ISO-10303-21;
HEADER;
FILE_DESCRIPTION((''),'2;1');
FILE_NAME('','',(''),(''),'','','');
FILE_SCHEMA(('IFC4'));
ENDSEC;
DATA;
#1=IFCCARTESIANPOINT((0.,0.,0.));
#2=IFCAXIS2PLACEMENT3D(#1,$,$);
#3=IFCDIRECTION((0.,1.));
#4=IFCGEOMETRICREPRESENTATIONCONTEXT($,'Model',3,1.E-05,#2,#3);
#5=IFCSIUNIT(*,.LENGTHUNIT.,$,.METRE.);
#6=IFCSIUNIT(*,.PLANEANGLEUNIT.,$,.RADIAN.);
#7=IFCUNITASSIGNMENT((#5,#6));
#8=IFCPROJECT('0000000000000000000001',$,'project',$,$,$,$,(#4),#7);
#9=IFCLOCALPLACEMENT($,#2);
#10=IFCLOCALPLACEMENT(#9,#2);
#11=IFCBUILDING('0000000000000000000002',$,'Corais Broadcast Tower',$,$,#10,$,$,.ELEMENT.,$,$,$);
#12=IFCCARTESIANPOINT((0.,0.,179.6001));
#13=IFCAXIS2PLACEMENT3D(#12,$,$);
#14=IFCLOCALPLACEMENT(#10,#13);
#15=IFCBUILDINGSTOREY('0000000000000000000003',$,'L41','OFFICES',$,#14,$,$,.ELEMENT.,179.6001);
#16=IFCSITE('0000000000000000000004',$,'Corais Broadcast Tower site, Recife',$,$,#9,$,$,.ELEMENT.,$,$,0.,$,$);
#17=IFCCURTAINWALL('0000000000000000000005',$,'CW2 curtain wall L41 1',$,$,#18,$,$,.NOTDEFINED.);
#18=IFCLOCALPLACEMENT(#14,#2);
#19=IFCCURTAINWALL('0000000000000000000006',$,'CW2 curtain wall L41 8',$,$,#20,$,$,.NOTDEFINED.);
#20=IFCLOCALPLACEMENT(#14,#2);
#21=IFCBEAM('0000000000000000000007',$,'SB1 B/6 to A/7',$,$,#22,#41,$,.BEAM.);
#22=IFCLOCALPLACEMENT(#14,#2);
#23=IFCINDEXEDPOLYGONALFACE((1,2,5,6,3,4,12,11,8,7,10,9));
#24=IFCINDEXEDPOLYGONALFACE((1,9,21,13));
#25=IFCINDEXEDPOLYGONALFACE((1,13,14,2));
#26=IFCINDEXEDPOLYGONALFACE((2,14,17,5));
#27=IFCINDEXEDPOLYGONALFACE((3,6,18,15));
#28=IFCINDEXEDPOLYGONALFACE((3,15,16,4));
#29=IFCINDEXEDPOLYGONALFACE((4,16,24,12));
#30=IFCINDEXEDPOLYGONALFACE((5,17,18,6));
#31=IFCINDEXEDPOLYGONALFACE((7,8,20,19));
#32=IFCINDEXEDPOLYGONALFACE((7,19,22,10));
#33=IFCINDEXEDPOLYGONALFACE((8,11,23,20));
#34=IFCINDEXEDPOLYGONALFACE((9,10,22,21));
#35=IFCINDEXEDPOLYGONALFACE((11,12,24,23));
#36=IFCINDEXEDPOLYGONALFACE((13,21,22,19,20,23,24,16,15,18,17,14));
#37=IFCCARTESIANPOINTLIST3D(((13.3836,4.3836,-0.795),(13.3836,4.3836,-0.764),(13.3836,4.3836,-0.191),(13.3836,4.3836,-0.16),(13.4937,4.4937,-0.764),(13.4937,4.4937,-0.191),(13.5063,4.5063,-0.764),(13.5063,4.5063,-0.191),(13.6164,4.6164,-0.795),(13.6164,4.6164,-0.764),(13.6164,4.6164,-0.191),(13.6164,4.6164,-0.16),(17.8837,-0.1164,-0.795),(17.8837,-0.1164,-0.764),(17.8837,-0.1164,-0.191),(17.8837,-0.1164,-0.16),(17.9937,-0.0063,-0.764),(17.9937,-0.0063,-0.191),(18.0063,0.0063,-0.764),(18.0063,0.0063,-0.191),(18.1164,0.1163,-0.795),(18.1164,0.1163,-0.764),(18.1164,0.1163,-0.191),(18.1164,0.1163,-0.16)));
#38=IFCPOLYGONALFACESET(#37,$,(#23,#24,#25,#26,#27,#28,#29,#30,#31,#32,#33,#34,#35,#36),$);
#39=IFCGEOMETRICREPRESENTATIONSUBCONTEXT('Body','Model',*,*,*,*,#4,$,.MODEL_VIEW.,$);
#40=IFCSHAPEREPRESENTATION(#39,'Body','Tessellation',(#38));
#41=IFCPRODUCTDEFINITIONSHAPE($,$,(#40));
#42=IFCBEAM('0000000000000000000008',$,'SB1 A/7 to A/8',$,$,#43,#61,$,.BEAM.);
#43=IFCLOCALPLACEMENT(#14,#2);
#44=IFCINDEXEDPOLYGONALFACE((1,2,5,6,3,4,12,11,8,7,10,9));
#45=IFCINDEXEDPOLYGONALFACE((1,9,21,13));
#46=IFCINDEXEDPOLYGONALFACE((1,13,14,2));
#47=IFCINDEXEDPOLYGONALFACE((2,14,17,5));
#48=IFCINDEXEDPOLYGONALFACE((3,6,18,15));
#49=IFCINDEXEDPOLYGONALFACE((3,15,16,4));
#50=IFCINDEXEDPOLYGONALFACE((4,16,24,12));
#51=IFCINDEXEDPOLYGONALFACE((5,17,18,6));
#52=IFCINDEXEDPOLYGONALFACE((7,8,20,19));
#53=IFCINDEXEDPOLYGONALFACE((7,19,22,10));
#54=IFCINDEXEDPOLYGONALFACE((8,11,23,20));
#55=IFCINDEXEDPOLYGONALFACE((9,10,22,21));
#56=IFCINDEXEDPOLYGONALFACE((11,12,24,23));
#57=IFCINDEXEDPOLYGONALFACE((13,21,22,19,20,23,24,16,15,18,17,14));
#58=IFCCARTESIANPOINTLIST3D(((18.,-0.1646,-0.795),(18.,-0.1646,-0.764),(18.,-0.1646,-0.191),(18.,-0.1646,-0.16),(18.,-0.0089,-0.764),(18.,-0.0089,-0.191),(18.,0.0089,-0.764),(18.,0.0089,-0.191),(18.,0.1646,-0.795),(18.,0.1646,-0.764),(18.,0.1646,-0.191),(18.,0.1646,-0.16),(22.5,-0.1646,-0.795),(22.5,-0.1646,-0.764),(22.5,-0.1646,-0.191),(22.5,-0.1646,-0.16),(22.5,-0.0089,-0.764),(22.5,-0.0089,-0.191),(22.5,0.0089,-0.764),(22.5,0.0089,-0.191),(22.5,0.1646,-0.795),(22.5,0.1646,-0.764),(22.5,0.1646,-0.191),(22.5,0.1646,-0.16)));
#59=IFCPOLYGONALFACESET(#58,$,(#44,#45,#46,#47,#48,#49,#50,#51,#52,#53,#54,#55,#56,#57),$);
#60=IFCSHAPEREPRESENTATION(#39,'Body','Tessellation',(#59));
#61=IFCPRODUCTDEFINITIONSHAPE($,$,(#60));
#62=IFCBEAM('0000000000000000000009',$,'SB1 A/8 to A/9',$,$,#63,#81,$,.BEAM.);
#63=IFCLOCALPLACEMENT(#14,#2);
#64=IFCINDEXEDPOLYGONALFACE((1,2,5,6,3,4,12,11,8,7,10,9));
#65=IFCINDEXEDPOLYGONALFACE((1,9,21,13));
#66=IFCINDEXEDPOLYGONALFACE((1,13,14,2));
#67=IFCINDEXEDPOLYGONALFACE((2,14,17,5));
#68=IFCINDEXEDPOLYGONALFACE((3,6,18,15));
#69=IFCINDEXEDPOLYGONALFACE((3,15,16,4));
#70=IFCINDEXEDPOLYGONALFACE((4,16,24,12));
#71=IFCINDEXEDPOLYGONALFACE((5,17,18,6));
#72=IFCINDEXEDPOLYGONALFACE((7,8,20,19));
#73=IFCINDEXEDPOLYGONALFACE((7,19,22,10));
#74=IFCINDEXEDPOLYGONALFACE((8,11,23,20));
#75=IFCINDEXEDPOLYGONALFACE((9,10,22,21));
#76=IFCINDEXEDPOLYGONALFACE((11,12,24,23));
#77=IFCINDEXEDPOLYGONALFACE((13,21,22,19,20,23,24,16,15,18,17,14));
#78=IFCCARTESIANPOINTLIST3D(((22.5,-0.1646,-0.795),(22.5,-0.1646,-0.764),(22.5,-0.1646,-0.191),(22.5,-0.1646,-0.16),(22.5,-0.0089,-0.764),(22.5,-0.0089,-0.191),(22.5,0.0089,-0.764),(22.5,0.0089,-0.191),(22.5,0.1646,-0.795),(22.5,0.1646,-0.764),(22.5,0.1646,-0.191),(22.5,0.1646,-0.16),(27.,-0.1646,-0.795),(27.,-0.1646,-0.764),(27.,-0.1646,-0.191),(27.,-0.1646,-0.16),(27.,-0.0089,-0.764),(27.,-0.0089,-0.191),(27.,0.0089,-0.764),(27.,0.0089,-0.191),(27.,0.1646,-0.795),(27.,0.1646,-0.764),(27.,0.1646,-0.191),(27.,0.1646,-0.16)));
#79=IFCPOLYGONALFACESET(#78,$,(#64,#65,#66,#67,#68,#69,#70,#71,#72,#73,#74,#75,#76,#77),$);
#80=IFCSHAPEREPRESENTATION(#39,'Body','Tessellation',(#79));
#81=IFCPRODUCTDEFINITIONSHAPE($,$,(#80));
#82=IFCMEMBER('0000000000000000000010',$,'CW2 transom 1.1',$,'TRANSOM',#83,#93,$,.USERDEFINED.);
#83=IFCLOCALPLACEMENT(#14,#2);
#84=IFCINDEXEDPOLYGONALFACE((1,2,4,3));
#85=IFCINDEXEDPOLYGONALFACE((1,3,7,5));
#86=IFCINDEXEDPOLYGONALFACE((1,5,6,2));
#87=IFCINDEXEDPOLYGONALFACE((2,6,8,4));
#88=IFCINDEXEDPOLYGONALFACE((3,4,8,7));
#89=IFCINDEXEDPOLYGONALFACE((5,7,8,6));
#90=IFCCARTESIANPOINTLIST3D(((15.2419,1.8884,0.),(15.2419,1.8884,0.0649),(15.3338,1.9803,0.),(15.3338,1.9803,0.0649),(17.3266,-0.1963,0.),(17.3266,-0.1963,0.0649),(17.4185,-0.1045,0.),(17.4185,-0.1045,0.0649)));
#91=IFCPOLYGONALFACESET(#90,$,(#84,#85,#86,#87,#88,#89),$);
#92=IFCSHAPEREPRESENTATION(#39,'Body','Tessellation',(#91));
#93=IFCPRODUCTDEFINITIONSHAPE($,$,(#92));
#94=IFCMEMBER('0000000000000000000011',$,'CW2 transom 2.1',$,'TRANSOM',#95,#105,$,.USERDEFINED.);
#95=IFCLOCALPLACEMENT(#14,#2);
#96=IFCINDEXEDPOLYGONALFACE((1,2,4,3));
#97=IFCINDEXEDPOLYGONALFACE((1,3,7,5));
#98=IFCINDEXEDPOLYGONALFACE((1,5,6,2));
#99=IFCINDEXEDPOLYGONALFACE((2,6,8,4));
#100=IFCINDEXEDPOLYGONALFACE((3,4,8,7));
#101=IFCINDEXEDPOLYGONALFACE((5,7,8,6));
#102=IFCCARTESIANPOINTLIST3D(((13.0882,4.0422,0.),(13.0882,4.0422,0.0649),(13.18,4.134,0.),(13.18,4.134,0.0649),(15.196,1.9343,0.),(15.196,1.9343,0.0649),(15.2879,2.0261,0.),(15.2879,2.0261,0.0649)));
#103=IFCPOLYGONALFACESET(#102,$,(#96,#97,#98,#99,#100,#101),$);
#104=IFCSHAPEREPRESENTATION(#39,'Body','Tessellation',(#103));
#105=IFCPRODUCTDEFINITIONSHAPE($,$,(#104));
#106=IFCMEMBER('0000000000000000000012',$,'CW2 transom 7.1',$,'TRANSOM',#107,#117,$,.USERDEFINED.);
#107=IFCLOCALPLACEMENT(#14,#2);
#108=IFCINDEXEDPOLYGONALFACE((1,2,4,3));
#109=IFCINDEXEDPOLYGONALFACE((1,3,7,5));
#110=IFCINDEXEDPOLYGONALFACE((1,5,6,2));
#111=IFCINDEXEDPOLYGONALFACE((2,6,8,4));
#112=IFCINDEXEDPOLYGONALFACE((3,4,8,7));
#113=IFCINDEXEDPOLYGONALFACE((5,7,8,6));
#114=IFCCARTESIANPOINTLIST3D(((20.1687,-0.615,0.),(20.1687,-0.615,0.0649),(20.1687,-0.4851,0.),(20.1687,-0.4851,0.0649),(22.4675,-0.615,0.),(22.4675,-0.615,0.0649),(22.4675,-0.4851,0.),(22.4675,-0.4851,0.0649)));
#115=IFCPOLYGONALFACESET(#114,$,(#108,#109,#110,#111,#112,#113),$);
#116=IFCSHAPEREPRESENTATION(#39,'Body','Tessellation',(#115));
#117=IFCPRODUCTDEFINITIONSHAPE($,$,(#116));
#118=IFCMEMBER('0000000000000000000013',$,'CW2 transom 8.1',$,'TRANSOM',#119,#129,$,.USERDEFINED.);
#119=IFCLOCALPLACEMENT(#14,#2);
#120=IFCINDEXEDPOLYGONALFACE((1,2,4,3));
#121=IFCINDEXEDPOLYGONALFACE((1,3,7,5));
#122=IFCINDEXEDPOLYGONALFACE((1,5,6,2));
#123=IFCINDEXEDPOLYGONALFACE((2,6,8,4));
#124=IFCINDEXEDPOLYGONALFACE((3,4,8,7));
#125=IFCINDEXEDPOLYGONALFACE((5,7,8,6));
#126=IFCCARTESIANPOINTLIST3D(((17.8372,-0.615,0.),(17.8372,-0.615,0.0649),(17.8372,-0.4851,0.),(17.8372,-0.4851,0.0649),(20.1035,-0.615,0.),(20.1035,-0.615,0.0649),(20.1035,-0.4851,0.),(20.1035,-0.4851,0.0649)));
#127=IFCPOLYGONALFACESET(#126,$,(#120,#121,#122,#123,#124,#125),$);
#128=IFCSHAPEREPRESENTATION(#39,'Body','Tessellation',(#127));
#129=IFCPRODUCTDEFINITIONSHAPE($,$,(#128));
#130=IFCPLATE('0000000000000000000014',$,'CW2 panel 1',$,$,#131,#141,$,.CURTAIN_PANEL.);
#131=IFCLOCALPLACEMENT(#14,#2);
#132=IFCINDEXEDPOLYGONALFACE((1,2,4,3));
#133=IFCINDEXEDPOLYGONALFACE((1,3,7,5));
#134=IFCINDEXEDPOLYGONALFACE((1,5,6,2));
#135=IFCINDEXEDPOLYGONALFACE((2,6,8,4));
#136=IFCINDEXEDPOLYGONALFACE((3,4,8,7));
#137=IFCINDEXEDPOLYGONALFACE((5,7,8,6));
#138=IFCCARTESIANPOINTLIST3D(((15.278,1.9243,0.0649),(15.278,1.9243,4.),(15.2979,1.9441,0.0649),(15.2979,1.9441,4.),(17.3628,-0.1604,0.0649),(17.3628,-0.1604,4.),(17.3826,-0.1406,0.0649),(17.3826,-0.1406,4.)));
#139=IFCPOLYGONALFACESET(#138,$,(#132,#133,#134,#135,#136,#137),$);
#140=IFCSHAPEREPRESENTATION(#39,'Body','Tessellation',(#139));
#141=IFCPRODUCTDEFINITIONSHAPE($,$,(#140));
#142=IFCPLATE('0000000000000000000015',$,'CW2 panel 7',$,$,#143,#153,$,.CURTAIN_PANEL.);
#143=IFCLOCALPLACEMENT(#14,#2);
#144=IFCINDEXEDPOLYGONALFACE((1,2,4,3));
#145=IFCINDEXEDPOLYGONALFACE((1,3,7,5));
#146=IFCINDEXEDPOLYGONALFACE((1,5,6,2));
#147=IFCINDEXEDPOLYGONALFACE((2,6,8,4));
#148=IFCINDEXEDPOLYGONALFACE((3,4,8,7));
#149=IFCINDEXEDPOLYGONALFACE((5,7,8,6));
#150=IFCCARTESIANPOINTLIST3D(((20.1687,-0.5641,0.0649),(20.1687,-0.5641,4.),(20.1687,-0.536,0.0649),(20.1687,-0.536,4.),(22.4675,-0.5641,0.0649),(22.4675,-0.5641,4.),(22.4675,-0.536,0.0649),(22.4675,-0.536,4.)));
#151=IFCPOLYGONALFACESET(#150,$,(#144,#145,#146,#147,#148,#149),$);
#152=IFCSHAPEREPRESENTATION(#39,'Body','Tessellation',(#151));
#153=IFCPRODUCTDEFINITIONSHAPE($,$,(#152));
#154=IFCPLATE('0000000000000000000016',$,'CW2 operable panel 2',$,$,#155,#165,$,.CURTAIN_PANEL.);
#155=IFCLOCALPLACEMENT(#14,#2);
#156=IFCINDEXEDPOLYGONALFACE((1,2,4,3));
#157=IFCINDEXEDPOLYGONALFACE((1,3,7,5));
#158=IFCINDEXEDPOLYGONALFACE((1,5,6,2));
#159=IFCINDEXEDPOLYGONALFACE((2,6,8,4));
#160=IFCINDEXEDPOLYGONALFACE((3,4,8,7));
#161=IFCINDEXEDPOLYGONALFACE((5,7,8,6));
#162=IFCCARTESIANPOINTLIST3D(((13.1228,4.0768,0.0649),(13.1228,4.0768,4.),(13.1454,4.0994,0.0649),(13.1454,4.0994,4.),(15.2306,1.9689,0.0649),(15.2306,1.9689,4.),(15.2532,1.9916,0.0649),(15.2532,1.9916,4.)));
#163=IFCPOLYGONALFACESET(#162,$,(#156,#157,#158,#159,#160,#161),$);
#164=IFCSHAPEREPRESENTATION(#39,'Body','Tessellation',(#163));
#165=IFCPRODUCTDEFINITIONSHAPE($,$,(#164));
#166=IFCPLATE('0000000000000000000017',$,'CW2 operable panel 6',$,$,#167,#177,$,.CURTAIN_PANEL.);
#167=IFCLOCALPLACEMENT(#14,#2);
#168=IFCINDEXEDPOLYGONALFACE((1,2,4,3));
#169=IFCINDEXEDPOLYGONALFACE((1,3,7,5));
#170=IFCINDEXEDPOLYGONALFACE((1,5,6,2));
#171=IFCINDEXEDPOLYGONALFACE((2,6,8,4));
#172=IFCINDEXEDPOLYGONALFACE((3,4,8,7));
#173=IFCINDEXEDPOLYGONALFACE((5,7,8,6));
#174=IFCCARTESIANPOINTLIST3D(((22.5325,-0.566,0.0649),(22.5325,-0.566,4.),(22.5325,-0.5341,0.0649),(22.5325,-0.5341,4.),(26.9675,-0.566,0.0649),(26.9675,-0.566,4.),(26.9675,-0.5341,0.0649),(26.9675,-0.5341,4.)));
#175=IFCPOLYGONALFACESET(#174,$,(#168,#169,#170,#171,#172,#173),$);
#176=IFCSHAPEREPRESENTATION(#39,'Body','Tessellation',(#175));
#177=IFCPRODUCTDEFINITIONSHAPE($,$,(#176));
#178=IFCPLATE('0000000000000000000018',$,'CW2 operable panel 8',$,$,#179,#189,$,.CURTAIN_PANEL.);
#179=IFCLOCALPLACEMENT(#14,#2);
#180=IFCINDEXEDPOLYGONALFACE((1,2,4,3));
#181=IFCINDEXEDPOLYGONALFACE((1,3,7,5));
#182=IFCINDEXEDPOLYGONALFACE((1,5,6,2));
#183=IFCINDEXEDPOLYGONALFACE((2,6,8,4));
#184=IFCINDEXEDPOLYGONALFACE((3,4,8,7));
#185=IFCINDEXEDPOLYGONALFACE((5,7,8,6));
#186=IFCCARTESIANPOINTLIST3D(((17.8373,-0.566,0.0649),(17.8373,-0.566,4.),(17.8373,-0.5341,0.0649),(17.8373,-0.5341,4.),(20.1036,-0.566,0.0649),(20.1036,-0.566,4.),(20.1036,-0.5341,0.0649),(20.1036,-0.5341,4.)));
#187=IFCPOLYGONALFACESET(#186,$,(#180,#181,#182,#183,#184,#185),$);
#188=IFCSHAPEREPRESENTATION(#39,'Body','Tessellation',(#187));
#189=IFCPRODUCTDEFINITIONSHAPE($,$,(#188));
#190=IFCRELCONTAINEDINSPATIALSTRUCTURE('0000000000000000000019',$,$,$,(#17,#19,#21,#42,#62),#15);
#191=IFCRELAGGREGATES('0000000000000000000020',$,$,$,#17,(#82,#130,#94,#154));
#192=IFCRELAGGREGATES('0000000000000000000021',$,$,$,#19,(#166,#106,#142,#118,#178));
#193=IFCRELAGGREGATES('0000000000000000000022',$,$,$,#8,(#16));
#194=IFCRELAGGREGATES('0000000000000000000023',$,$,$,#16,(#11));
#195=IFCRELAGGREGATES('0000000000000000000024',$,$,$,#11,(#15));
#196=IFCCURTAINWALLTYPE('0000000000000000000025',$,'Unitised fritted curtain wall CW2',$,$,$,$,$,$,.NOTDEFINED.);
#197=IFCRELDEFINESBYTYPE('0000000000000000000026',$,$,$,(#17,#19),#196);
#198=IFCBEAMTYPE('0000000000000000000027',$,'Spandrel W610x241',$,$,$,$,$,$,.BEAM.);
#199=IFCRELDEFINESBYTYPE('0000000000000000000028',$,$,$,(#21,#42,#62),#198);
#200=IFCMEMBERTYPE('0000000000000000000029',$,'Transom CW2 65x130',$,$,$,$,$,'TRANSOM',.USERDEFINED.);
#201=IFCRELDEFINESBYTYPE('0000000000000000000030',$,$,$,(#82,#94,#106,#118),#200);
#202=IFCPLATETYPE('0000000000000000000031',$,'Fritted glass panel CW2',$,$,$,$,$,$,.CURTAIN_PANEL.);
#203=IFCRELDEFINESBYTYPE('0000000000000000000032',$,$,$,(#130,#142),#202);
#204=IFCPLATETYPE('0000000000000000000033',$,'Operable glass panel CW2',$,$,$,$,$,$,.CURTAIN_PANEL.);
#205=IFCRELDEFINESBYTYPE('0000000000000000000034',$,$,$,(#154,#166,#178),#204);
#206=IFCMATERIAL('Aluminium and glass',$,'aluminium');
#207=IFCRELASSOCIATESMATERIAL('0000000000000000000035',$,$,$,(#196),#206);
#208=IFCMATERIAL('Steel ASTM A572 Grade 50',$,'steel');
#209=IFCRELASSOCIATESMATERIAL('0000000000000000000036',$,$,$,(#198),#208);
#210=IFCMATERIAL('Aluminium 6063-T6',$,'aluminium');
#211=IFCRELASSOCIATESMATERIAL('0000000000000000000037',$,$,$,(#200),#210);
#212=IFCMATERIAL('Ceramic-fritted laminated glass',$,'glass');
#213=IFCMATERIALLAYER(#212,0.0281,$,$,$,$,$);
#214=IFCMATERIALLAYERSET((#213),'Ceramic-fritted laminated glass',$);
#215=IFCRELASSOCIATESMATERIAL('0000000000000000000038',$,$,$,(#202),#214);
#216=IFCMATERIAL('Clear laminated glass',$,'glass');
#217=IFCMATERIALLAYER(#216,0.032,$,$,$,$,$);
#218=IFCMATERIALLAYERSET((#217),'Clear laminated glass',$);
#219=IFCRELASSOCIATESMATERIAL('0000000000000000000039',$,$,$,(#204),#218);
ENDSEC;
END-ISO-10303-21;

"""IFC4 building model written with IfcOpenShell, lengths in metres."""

from ifc_helpers import new_model, si_unit, direction, frame, origin, origin_2d, place, context, subcontext, project, spatial, rectangle, i_section, extrude, material, layer, layer_set, material_profile, profile_set, type_object, element, aggregate, save


model = new_model("IFC4")

# Units and contexts
model_context = context("Model", 3, precision=1e-05, world=origin(), true_north=direction((0.0, 1.0)))
body_context = subcontext(model_context, "Body", "Model", "MODEL_VIEW")
ifc_project = project(units=[si_unit("LENGTHUNIT", "METRE"), si_unit("PLANEANGLEUNIT", "RADIAN")], contexts=[model_context])

# Site, building, storey
site_placement = place(None, origin())
site = spatial("IfcSite", under=ifc_project, at=site_placement, Name="Corais Broadcast Tower site, Recife", CompositionType="ELEMENT", RefElevation=0.0)
building_placement = place(site_placement, origin())
building = spatial("IfcBuilding", under=site, at=building_placement, Name="Corais Broadcast Tower", CompositionType="ELEMENT")
storey_placement = place(building_placement, frame((0.0, 0.0, 179.6001)))
storey = spatial("IfcBuildingStorey", under=building, at=storey_placement, Name="L41", Description="OFFICES", CompositionType="ELEMENT", Elevation=179.6001)

# Curtain walls
ifc_material_1 = material(Name="Aluminium and glass", Category="aluminium")
curtain_wall_type = type_object("IfcCurtainWallType", Name="Unitised fritted curtain wall CW2", PredefinedType="NOTDEFINED", material=ifc_material_1)
curtain_wall_1_placement = place(storey_placement, origin())
curtain_wall_1 = element("IfcCurtainWall", 1, at=curtain_wall_1_placement, inside=storey, type_object=curtain_wall_type, Name="CW2 curtain wall L41 1", PredefinedType="NOTDEFINED")
curtain_wall_2_placement = place(storey_placement, origin())
curtain_wall_2 = element("IfcCurtainWall", 2, at=curtain_wall_2_placement, inside=storey, type_object=curtain_wall_type, Name="CW2 curtain wall L41 8", PredefinedType="NOTDEFINED")

# Beams
ifc_material_2 = material(Name="Steel ASTM A572 Grade 50", Category="steel")
ifc_material_profile_1 = material_profile(ifc_material_2, i_section(OverallWidth=0.3291, OverallDepth=0.635, WebThickness=0.0178, FlangeThickness=0.031, at=origin_2d()), Name="W610x241")
ifc_profile_set_1 = profile_set([ifc_material_profile_1], Name="Steel ASTM A572 Grade 50")
beam_type_1 = type_object("IfcBeamType", Name="Spandrel W610x241", PredefinedType="BEAM", material=ifc_profile_set_1)
beam_1_placement = place(storey_placement, frame((13.5, 4.5, -0.4775), z_axis=(0.707107, -0.707107, 0.0), x_axis=(0.707107, 0.707107, 0.0)))
element("IfcBeam", 3, at=beam_1_placement, inside=storey, type_object=beam_type_1, Name="SB1 B/6 to A/7", PredefinedType="BEAM", context=body_context, shape_type="SweptSolid", body=[
    extrude(i_section(OverallWidth=0.3291, OverallDepth=0.635, WebThickness=0.0178, FlangeThickness=0.031, at=origin_2d()), origin(), (0.0, 0.0, 1.0), 6.364),
])
for number, where, z_axis, x_axis, name in (
    (4, (18.0, 0.0, -0.4775), (1.0, 0.0, 0.0), (0.0, 1.0, 0.0), "SB1 A/7 to A/8"),
    (5, (22.5, 0.0, -0.4775), (1.0, 0.0, 0.0), (0.0, 1.0, 0.0), "SB1 A/8 to A/9"),
):
    element("IfcBeam", number, at=place(storey_placement, frame(where, z_axis=z_axis, x_axis=x_axis)), inside=storey, type_object=beam_type_1, Name=name, PredefinedType="BEAM", context=body_context, shape_type="SweptSolid", body=[
        extrude(i_section(OverallWidth=0.3291, OverallDepth=0.635, WebThickness=0.0178, FlangeThickness=0.031, at=origin_2d()), origin(), (0.0, 0.0, 1.0), 4.5),
    ])

# Members
ifc_material_3 = material(Name="Aluminium 6063-T6", Category="aluminium")
ifc_material_profile_2 = material_profile(ifc_material_3, rectangle(XDim=0.1299, YDim=0.0649, at=origin_2d()), Name="Transom CW2 65x130")
ifc_profile_set_2 = profile_set([ifc_material_profile_2], Name="Aluminium 6063-T6")
member_type_1 = type_object("IfcMemberType", Name="Transom CW2 65x130", ElementType="TRANSOM", PredefinedType="USERDEFINED", material=ifc_profile_set_2)
member_1_placement = place(storey_placement, frame((17.3726, -0.1504, 0.0325), z_axis=(-0.707107, 0.707107, 0.0), x_axis=(-0.707107, -0.707107, 0.0)))
member_1 = element("IfcMember", 6, at=member_1_placement, type_object=member_type_1, Name="CW2 transom 1.1", ObjectType="TRANSOM", PredefinedType="USERDEFINED", context=body_context, shape_type="SweptSolid", body=[
    extrude(rectangle(XDim=0.1299, YDim=0.0649, at=origin_2d()), origin(), (0.0, 0.0, 1.0), 2.9482),
])
member_2_placement = place(storey_placement, frame((15.2419, 1.9802, 0.0325), z_axis=(-0.707107, 0.707107, 0.0), x_axis=(-0.707107, -0.707107, 0.0)))
member_2 = element("IfcMember", 7, at=member_2_placement, type_object=member_type_1, Name="CW2 transom 2.1", ObjectType="TRANSOM", PredefinedType="USERDEFINED", context=body_context, shape_type="SweptSolid", body=[
    extrude(rectangle(XDim=0.1299, YDim=0.0649, at=origin_2d()), origin(), (0.0, 0.0, 1.0), 2.981),
])
member_3_placement = place(storey_placement, frame((22.4675, -0.55, 0.0325), z_axis=(-1.0, 0.0, 0.0), x_axis=(0.0, -1.0, 0.0)))
member_3 = element("IfcMember", 8, at=member_3_placement, type_object=member_type_1, Name="CW2 transom 7.1", ObjectType="TRANSOM", PredefinedType="USERDEFINED", context=body_context, shape_type="SweptSolid", body=[
    extrude(rectangle(XDim=0.1299, YDim=0.0649, at=origin_2d()), origin(), (0.0, 0.0, 1.0), 2.2988),
])
member_4_placement = place(storey_placement, frame((20.1035, -0.55, 0.0325), z_axis=(-1.0, 0.0, 0.0), x_axis=(0.0, -1.0, 0.0)))
member_4 = element("IfcMember", 9, at=member_4_placement, type_object=member_type_1, Name="CW2 transom 8.1", ObjectType="TRANSOM", PredefinedType="USERDEFINED", context=body_context, shape_type="SweptSolid", body=[
    extrude(rectangle(XDim=0.1299, YDim=0.0649, at=origin_2d()), origin(), (0.0, 0.0, 1.0), 2.2664),
])

# Plates
ifc_material_4 = material(Name="Ceramic-fritted laminated glass", Category="glass")
ifc_layer_1 = layer(ifc_material_4, 0.0281)
ifc_layer_set_1 = layer_set([ifc_layer_1], Name="Ceramic-fritted laminated glass")
plate_type_1 = type_object("IfcPlateType", Name="Fritted glass panel CW2", PredefinedType="CURTAIN_PANEL", material=ifc_layer_set_1)
plate_1_placement = place(storey_placement, frame((16.3303, 0.8918, 0.0649), z_axis=(0.0, 0.0, 1.0), x_axis=(-0.707107, 0.707107, 0.0)))
plate_1 = element("IfcPlate", 10, at=plate_1_placement, type_object=plate_type_1, Name="CW2 panel 1", PredefinedType="CURTAIN_PANEL", context=body_context, shape_type="SweptSolid", body=[
    extrude(rectangle(XDim=2.9482, YDim=0.0281, at=origin_2d()), origin(), (0.0, 0.0, 1.0), 3.9351),
])
plate_2_placement = place(storey_placement, frame((21.3181, -0.55, 0.0649), z_axis=(0.0, 0.0, 1.0), x_axis=(-1.0, 0.0, 0.0)))
plate_2 = element("IfcPlate", 11, at=plate_2_placement, type_object=plate_type_1, Name="CW2 panel 7", PredefinedType="CURTAIN_PANEL", context=body_context, shape_type="SweptSolid", body=[
    extrude(rectangle(XDim=2.2988, YDim=0.0281, at=origin_2d()), origin(), (0.0, 0.0, 1.0), 3.9351),
])
ifc_material_5 = material(Name="Clear laminated glass", Category="glass")
ifc_layer_2 = layer(ifc_material_5, 0.032)
ifc_layer_set_2 = layer_set([ifc_layer_2], Name="Clear laminated glass")
plate_type_2 = type_object("IfcPlateType", Name="Operable glass panel CW2", PredefinedType="CURTAIN_PANEL", material=ifc_layer_set_2)
plate_3_placement = place(storey_placement, frame((14.188, 3.0342, 0.0649), z_axis=(0.0, 0.0, 1.0), x_axis=(-0.707107, 0.707107, 0.0)))
plate_3 = element("IfcPlate", 12, at=plate_3_placement, type_object=plate_type_2, Name="CW2 operable panel 2", PredefinedType="CURTAIN_PANEL", context=body_context, shape_type="SweptSolid", body=[
    extrude(rectangle(XDim=2.981, YDim=0.032, at=origin_2d()), origin(), (0.0, 0.0, 1.0), 3.9351),
])
aggregate(curtain_wall_1, [member_1, plate_1, member_2, plate_3])
plate_4_placement = place(storey_placement, frame((24.75, -0.55, 0.0649), z_axis=(0.0, 0.0, 1.0), x_axis=(-1.0, 0.0, 0.0)))
plate_4 = element("IfcPlate", 13, at=plate_4_placement, type_object=plate_type_2, Name="CW2 operable panel 6", PredefinedType="CURTAIN_PANEL", context=body_context, shape_type="SweptSolid", body=[
    extrude(rectangle(XDim=4.4351, YDim=0.032, at=origin_2d()), origin(), (0.0, 0.0, 1.0), 3.9351),
])
plate_5_placement = place(storey_placement, frame((18.9705, -0.55, 0.0649), z_axis=(0.0, 0.0, 1.0), x_axis=(-1.0, 0.0, 0.0)))
plate_5 = element("IfcPlate", 14, at=plate_5_placement, type_object=plate_type_2, Name="CW2 operable panel 8", PredefinedType="CURTAIN_PANEL", context=body_context, shape_type="SweptSolid", body=[
    extrude(rectangle(XDim=2.2664, YDim=0.032, at=origin_2d()), origin(), (0.0, 0.0, 1.0), 3.9351),
])
aggregate(curtain_wall_2, [plate_4, member_3, plate_2, member_4, plate_5])

save(model, "model.ifc")
